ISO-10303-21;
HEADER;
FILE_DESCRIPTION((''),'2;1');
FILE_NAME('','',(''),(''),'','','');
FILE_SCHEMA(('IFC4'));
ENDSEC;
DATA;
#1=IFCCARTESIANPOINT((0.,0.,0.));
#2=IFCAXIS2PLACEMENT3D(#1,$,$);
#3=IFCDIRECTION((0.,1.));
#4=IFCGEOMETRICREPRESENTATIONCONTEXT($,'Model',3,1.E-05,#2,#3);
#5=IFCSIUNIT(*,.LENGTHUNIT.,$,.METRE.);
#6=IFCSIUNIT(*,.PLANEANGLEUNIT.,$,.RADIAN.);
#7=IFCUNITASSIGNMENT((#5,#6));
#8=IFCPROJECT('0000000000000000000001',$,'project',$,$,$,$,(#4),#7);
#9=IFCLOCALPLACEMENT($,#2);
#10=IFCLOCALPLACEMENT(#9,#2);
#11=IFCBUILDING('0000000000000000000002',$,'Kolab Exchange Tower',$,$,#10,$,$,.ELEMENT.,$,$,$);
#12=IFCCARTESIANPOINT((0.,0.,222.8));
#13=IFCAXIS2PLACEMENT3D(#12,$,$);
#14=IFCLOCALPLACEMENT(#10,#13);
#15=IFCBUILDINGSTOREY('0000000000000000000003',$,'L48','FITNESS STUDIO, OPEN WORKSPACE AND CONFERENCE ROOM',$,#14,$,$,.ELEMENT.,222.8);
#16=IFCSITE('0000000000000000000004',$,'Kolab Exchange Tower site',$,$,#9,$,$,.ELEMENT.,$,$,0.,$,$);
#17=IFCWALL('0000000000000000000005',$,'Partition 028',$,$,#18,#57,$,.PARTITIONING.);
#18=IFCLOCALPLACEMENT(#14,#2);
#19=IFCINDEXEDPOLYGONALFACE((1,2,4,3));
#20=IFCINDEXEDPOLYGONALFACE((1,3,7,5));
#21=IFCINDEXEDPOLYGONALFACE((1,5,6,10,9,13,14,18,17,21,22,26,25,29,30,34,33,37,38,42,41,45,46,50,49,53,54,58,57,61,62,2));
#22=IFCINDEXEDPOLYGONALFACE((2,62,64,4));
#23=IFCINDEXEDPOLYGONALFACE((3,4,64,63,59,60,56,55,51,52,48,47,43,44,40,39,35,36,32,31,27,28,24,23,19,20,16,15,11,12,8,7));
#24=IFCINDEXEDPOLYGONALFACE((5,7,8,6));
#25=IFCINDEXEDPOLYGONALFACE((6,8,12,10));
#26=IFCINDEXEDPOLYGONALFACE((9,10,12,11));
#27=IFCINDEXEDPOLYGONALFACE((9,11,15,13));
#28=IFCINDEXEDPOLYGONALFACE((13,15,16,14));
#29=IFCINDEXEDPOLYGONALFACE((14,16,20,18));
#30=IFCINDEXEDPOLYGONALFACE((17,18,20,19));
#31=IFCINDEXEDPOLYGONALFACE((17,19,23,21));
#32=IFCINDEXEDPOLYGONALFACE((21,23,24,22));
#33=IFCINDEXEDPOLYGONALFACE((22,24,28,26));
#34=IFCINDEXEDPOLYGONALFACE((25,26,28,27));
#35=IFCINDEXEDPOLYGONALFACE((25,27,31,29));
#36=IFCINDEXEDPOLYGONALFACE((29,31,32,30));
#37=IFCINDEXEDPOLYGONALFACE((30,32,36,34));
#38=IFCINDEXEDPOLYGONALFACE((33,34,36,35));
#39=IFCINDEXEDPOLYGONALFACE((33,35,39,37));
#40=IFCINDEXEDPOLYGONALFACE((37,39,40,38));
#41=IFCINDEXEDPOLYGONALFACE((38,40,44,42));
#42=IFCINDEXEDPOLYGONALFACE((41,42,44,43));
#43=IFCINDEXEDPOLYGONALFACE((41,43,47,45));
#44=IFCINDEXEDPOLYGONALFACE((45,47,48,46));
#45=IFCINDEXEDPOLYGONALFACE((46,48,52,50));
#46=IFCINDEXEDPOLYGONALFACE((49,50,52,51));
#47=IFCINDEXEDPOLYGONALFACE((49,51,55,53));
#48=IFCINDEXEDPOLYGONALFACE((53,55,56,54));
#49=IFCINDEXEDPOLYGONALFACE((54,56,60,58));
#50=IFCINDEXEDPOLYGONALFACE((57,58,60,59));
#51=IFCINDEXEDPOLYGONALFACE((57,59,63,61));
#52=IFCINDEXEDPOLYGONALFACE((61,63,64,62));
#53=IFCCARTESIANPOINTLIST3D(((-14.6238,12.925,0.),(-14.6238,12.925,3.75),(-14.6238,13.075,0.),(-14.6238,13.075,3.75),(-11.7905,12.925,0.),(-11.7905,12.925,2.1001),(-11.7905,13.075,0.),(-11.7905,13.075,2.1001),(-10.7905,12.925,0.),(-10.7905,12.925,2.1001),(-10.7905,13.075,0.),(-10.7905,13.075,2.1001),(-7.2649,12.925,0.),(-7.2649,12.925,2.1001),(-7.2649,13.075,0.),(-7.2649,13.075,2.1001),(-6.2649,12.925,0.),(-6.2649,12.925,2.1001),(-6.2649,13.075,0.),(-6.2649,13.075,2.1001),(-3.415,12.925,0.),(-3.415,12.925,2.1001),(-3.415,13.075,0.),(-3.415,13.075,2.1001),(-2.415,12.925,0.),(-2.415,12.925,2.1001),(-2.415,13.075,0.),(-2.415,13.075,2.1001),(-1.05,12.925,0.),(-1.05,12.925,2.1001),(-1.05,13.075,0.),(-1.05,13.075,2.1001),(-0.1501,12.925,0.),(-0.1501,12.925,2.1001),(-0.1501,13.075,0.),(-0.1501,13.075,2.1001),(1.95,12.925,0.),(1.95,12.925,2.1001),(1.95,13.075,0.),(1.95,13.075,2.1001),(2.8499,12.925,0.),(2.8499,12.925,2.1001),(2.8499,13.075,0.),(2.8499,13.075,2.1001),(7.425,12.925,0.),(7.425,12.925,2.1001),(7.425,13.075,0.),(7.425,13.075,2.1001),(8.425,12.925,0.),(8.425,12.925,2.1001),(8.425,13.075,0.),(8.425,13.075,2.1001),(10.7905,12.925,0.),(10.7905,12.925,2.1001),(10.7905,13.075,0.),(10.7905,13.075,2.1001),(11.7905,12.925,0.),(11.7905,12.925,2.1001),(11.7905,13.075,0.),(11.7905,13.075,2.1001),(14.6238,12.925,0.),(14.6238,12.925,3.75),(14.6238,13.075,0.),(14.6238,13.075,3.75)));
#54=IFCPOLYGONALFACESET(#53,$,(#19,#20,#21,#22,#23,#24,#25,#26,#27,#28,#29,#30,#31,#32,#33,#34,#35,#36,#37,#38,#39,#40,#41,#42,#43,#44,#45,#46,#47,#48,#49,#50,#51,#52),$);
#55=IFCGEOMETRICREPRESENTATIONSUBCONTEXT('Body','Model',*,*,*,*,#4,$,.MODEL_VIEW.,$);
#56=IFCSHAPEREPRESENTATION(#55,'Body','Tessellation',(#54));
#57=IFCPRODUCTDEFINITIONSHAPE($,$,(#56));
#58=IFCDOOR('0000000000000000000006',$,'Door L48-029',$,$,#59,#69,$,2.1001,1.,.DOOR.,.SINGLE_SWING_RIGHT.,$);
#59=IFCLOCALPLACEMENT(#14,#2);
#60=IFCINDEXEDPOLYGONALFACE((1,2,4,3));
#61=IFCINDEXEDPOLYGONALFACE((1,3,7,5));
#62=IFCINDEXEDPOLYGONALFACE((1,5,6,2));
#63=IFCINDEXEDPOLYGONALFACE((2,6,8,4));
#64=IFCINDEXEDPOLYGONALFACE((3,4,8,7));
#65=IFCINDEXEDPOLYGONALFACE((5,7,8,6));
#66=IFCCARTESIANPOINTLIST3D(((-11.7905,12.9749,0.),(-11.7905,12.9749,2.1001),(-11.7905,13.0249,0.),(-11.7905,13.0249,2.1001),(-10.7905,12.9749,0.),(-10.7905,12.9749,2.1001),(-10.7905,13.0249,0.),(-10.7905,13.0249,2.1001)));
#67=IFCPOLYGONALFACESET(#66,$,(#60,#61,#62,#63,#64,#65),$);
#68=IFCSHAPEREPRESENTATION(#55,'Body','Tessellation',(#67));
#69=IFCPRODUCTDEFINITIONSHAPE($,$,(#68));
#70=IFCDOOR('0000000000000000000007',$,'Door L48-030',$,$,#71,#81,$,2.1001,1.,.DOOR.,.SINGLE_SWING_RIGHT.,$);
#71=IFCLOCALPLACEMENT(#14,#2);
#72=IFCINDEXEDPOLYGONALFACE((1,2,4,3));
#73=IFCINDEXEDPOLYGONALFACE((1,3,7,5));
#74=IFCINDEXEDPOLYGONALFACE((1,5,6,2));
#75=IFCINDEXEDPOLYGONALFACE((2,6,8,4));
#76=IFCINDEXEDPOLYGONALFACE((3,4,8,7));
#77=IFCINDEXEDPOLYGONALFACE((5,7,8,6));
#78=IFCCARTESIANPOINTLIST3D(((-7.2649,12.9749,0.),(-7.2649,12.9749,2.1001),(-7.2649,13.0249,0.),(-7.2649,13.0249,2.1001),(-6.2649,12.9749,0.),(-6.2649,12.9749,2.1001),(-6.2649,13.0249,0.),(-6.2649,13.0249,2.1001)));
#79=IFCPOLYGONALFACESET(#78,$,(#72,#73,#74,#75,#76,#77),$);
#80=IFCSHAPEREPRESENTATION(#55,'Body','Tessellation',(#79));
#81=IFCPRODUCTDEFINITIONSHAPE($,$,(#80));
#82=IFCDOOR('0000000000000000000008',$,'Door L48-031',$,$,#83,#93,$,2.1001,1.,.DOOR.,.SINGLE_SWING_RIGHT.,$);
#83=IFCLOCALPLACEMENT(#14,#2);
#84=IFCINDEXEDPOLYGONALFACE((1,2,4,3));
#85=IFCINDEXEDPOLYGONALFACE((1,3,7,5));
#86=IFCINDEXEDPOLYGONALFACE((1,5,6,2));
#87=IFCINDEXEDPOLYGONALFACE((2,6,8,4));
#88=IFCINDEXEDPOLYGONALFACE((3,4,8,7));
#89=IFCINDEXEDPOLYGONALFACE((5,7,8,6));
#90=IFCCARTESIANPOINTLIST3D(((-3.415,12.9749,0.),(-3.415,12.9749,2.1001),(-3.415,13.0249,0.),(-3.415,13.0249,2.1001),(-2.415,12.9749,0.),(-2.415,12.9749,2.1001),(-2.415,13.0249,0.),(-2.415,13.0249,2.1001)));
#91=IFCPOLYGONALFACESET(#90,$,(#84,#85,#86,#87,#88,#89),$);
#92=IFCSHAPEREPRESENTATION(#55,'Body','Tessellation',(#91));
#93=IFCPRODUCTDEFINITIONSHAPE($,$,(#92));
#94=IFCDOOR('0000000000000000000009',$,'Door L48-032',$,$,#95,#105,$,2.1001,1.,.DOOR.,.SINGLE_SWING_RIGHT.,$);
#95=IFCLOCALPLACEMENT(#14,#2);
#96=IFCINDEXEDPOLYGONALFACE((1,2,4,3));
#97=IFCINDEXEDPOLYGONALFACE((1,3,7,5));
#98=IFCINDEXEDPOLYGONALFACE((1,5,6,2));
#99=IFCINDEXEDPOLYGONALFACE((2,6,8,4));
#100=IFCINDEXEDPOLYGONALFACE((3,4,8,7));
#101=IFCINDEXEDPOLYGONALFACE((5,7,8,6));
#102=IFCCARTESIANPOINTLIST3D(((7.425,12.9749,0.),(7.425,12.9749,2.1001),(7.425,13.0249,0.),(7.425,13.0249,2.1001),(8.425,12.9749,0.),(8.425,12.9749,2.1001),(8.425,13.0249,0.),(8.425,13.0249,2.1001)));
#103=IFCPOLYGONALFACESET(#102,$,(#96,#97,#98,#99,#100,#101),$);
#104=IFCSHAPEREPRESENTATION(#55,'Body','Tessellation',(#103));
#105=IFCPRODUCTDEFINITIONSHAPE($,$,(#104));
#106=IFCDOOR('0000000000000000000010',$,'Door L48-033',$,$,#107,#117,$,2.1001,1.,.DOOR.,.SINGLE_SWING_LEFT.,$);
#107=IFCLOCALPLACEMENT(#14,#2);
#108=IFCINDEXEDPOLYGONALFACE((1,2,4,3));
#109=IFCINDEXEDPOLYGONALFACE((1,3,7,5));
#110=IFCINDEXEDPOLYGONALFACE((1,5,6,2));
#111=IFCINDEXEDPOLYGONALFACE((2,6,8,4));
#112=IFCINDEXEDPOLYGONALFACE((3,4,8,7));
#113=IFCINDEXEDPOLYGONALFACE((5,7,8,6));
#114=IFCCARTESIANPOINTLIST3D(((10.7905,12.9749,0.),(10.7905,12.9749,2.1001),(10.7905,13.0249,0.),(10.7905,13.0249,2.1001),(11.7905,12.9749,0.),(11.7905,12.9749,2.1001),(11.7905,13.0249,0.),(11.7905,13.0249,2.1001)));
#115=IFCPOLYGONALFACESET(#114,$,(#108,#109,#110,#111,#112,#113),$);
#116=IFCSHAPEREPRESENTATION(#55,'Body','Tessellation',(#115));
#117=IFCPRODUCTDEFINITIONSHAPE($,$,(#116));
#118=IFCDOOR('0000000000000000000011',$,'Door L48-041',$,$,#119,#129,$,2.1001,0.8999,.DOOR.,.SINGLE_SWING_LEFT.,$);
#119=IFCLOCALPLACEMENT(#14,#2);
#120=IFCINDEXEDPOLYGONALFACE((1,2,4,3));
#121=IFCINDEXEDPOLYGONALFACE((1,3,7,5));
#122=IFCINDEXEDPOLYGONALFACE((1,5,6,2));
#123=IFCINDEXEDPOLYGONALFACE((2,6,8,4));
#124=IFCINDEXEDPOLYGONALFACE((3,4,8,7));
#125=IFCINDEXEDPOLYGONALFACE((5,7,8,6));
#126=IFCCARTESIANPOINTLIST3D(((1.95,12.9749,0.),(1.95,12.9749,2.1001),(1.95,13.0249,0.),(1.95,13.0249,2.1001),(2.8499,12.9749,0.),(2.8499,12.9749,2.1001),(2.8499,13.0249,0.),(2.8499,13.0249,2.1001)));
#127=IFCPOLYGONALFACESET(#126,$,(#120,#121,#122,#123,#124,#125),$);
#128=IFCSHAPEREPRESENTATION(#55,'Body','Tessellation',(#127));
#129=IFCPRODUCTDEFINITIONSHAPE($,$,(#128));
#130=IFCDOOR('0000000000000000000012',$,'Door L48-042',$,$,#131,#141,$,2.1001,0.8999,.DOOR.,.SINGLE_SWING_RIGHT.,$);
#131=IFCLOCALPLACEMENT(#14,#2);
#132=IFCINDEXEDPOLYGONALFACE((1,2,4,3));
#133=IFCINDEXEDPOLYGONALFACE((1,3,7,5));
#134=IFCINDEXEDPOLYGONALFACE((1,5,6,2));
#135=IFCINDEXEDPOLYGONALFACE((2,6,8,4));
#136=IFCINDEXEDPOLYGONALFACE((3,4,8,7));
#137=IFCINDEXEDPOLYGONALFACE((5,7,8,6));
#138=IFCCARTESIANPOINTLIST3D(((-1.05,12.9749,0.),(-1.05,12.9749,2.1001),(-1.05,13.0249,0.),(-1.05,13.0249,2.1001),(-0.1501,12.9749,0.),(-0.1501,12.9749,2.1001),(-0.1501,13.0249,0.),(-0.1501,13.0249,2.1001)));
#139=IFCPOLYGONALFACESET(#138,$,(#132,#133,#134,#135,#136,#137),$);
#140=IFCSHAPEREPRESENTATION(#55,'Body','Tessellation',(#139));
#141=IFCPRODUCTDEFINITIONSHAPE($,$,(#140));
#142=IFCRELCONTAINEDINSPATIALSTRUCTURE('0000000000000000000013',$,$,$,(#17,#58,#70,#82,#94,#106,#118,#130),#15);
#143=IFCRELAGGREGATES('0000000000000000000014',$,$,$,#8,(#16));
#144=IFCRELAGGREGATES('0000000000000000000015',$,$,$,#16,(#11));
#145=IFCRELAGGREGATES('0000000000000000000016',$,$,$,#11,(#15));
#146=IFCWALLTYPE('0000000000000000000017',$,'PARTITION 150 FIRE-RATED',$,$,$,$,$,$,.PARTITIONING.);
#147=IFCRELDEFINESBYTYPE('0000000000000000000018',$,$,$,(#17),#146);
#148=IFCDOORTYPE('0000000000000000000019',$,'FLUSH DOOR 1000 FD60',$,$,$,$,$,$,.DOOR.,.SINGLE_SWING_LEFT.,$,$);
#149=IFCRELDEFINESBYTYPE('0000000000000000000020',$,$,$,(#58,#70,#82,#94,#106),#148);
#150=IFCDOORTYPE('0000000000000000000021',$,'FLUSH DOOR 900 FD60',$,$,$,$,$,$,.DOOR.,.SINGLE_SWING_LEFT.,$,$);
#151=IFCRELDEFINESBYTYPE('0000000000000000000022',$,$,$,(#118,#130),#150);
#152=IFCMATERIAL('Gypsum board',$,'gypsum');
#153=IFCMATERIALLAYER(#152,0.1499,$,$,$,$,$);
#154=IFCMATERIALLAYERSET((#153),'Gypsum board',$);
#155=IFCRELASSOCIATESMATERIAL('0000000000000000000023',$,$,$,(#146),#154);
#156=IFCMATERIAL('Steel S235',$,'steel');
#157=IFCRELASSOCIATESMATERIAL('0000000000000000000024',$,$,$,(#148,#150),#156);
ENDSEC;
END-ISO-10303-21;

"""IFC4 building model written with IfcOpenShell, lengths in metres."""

from ifc_helpers import new_model, si_unit, direction, frame, frame_2d, origin, place, context, subcontext, project, spatial, rectangle, extrude, material, layer, layer_set, type_object, element, fill, save


model = new_model("IFC4")

# Units and contexts
model_context = context("Model", 3, precision=1e-05, world=origin(), true_north=direction((0.0, 1.0)))
body_context = subcontext(model_context, "Body", "Model", "MODEL_VIEW")
ifc_project = project(units=[si_unit("LENGTHUNIT", "METRE"), si_unit("PLANEANGLEUNIT", "RADIAN")], contexts=[model_context])

# Site, building, storey
site_placement = place(None, origin())
site = spatial("IfcSite", under=ifc_project, at=site_placement, Name="Kolab Exchange Tower site", CompositionType="ELEMENT", RefElevation=0.0)
building_placement = place(site_placement, origin())
building = spatial("IfcBuilding", under=site, at=building_placement, Name="Kolab Exchange Tower", CompositionType="ELEMENT")
storey_placement = place(building_placement, frame((0.0, 0.0, 222.8)))
storey = spatial("IfcBuildingStorey", under=building, at=storey_placement, Name="L48", Description="FITNESS STUDIO, OPEN WORKSPACE AND CONFERENCE ROOM", CompositionType="ELEMENT", Elevation=222.8)

# Shared definitions
ifc_material_1 = material(Name="Gypsum board", Category="gypsum")
ifc_layer_1 = layer(ifc_material_1, 0.1499)
ifc_layer_set_1 = layer_set([ifc_layer_1], Name="Gypsum board")
wall_type = type_object("IfcWallType", Name="PARTITION 150 FIRE-RATED", PredefinedType="PARTITIONING", material=ifc_layer_set_1)

# Wall, openings, doors
wall_1_placement = place(storey_placement, frame((-14.6238, 13.0, 0.0), z_axis=(0.0, 0.0, 1.0), x_axis=(1.0, 0.0, 0.0)))
wall_1 = element("IfcWall", 1, at=wall_1_placement, inside=storey, type_object=wall_type, Name="Partition 028", PredefinedType="PARTITIONING", context=body_context, shape_type="SweptSolid", body=[
    extrude(rectangle(XDim=29.2476, YDim=0.1499, at=frame_2d((14.6238, 0.0))), origin(), (0.0, 0.0, 1.0), 3.75),
])
opening_1_placement = place(wall_1_placement, frame((2.8333, 0.0, 0.0)))
opening_1 = element("IfcOpeningElement", 2, at=opening_1_placement, cuts=wall_1, PredefinedType="OPENING", context=body_context, shape_type="SweptSolid", body=[
    extrude(rectangle(XDim=1.0, YDim=2.1001, at=frame_2d((0.5, 1.05))), frame((0.0, 0.085, 0.0), z_axis=(0.0, -1.0, 0.0), x_axis=(1.0, 0.0, 0.0)), (0.0, 0.0, 1.0), 0.1699),
])
opening_2_placement = place(wall_1_placement, frame((7.3589, 0.0, 0.0)))
opening_2 = element("IfcOpeningElement", 3, at=opening_2_placement, cuts=wall_1, PredefinedType="OPENING", context=body_context, shape_type="SweptSolid", body=[
    extrude(rectangle(XDim=1.0, YDim=2.1001, at=frame_2d((0.5, 1.05))), frame((0.0, 0.085, 0.0), z_axis=(0.0, -1.0, 0.0), x_axis=(1.0, 0.0, 0.0)), (0.0, 0.0, 1.0), 0.1699),
])
opening_3_placement = place(wall_1_placement, frame((11.2087, 0.0, 0.0)))
opening_3 = element("IfcOpeningElement", 4, at=opening_3_placement, cuts=wall_1, PredefinedType="OPENING", context=body_context, shape_type="SweptSolid", body=[
    extrude(rectangle(XDim=1.0, YDim=2.1001, at=frame_2d((0.5, 1.05))), frame((0.0, 0.085, 0.0), z_axis=(0.0, -1.0, 0.0), x_axis=(1.0, 0.0, 0.0)), (0.0, 0.0, 1.0), 0.1699),
])
opening_4_placement = place(wall_1_placement, frame((22.0488, 0.0, 0.0)))
opening_4 = element("IfcOpeningElement", 5, at=opening_4_placement, cuts=wall_1, PredefinedType="OPENING", context=body_context, shape_type="SweptSolid", body=[
    extrude(rectangle(XDim=1.0, YDim=2.1001, at=frame_2d((0.5, 1.05))), frame((0.0, 0.085, 0.0), z_axis=(0.0, -1.0, 0.0), x_axis=(1.0, 0.0, 0.0)), (0.0, 0.0, 1.0), 0.1699),
])
opening_5_placement = place(wall_1_placement, frame((25.4143, 0.0, 0.0)))
opening_5 = element("IfcOpeningElement", 6, at=opening_5_placement, cuts=wall_1, PredefinedType="OPENING", context=body_context, shape_type="SweptSolid", body=[
    extrude(rectangle(XDim=1.0, YDim=2.1001, at=frame_2d((0.5, 1.05))), frame((0.0, 0.085, 0.0), z_axis=(0.0, -1.0, 0.0), x_axis=(1.0, 0.0, 0.0)), (0.0, 0.0, 1.0), 0.1699),
])
opening_6_placement = place(wall_1_placement, frame((16.5737, 0.0, 0.0)))
opening_6 = element("IfcOpeningElement", 7, at=opening_6_placement, cuts=wall_1, PredefinedType="OPENING", context=body_context, shape_type="SweptSolid", body=[
    extrude(rectangle(XDim=0.8999, YDim=2.1001, at=frame_2d((0.45, 1.05))), frame((0.0, 0.085, 0.0), z_axis=(0.0, -1.0, 0.0), x_axis=(1.0, 0.0, 0.0)), (0.0, 0.0, 1.0), 0.1699),
])
opening_7_placement = place(wall_1_placement, frame((13.5737, 0.0, 0.0)))
opening_7 = element("IfcOpeningElement", 8, at=opening_7_placement, cuts=wall_1, PredefinedType="OPENING", context=body_context, shape_type="SweptSolid", body=[
    extrude(rectangle(XDim=0.8999, YDim=2.1001, at=frame_2d((0.45, 1.05))), frame((0.0, 0.085, 0.0), z_axis=(0.0, -1.0, 0.0), x_axis=(1.0, 0.0, 0.0)), (0.0, 0.0, 1.0), 0.1699),
])
ifc_material_2 = material(Name="Steel S235", Category="steel")
door_type_1 = type_object("IfcDoorType", Name="FLUSH DOOR 1000 FD60", OperationType="SINGLE_SWING_LEFT", PredefinedType="DOOR", material=ifc_material_2)
door_1_placement = place(opening_1_placement, origin())
door_1 = element("IfcDoor", 9, at=door_1_placement, inside=storey, type_object=door_type_1, Name="Door L48-029", OperationType="SINGLE_SWING_RIGHT", OverallHeight=2.1001, OverallWidth=1.0, PredefinedType="DOOR", context=body_context, shape_type="SweptSolid", body=[
    extrude(rectangle(XDim=1.0, YDim=2.1001, at=frame_2d((0.5, 1.05))), frame((0.0, 0.0249, 0.0), z_axis=(0.0, -1.0, 0.0), x_axis=(1.0, 0.0, 0.0)), (0.0, 0.0, 1.0), 0.05),
])
fill(opening_1, door_1)
door_2_placement = place(opening_2_placement, origin())
door_2 = element("IfcDoor", 10, at=door_2_placement, inside=storey, type_object=door_type_1, Name="Door L48-030", OperationType="SINGLE_SWING_RIGHT", OverallHeight=2.1001, OverallWidth=1.0, PredefinedType="DOOR", context=body_context, shape_type="SweptSolid", body=[
    extrude(rectangle(XDim=1.0, YDim=2.1001, at=frame_2d((0.5, 1.05))), frame((0.0, 0.0249, 0.0), z_axis=(0.0, -1.0, 0.0), x_axis=(1.0, 0.0, 0.0)), (0.0, 0.0, 1.0), 0.05),
])
fill(opening_2, door_2)
door_3_placement = place(opening_3_placement, origin())
door_3 = element("IfcDoor", 11, at=door_3_placement, inside=storey, type_object=door_type_1, Name="Door L48-031", OperationType="SINGLE_SWING_RIGHT", OverallHeight=2.1001, OverallWidth=1.0, PredefinedType="DOOR", context=body_context, shape_type="SweptSolid", body=[
    extrude(rectangle(XDim=1.0, YDim=2.1001, at=frame_2d((0.5, 1.05))), frame((0.0, 0.0249, 0.0), z_axis=(0.0, -1.0, 0.0), x_axis=(1.0, 0.0, 0.0)), (0.0, 0.0, 1.0), 0.05),
])
fill(opening_3, door_3)
door_4_placement = place(opening_4_placement, origin())
door_4 = element("IfcDoor", 12, at=door_4_placement, inside=storey, type_object=door_type_1, Name="Door L48-032", OperationType="SINGLE_SWING_RIGHT", OverallHeight=2.1001, OverallWidth=1.0, PredefinedType="DOOR", context=body_context, shape_type="SweptSolid", body=[
    extrude(rectangle(XDim=1.0, YDim=2.1001, at=frame_2d((0.5, 1.05))), frame((0.0, 0.0249, 0.0), z_axis=(0.0, -1.0, 0.0), x_axis=(1.0, 0.0, 0.0)), (0.0, 0.0, 1.0), 0.05),
])
fill(opening_4, door_4)
door_5_placement = place(opening_5_placement, origin())
door_5 = element("IfcDoor", 13, at=door_5_placement, inside=storey, type_object=door_type_1, Name="Door L48-033", OperationType="SINGLE_SWING_LEFT", OverallHeight=2.1001, OverallWidth=1.0, PredefinedType="DOOR", context=body_context, shape_type="SweptSolid", body=[
    extrude(rectangle(XDim=1.0, YDim=2.1001, at=frame_2d((0.5, 1.05))), frame((0.0, 0.0249, 0.0), z_axis=(0.0, -1.0, 0.0), x_axis=(1.0, 0.0, 0.0)), (0.0, 0.0, 1.0), 0.05),
])
fill(opening_5, door_5)
door_type_2 = type_object("IfcDoorType", Name="FLUSH DOOR 900 FD60", OperationType="SINGLE_SWING_LEFT", PredefinedType="DOOR", material=ifc_material_2)
door_6_placement = place(opening_6_placement, origin())
door_6 = element("IfcDoor", 14, at=door_6_placement, inside=storey, type_object=door_type_2, Name="Door L48-041", OperationType="SINGLE_SWING_LEFT", OverallHeight=2.1001, OverallWidth=0.8999, PredefinedType="DOOR", context=body_context, shape_type="SweptSolid", body=[
    extrude(rectangle(XDim=0.8999, YDim=2.1001, at=frame_2d((0.45, 1.05))), frame((0.0, 0.0249, 0.0), z_axis=(0.0, -1.0, 0.0), x_axis=(1.0, 0.0, 0.0)), (0.0, 0.0, 1.0), 0.05),
])
fill(opening_6, door_6)
door_7_placement = place(opening_7_placement, origin())
door_7 = element("IfcDoor", 15, at=door_7_placement, inside=storey, type_object=door_type_2, Name="Door L48-042", OperationType="SINGLE_SWING_RIGHT", OverallHeight=2.1001, OverallWidth=0.8999, PredefinedType="DOOR", context=body_context, shape_type="SweptSolid", body=[
    extrude(rectangle(XDim=0.8999, YDim=2.1001, at=frame_2d((0.45, 1.05))), frame((0.0, 0.0249, 0.0), z_axis=(0.0, -1.0, 0.0), x_axis=(1.0, 0.0, 0.0)), (0.0, 0.0, 1.0), 0.05),
])
fill(opening_7, door_7)

save(model, "model.ifc")
